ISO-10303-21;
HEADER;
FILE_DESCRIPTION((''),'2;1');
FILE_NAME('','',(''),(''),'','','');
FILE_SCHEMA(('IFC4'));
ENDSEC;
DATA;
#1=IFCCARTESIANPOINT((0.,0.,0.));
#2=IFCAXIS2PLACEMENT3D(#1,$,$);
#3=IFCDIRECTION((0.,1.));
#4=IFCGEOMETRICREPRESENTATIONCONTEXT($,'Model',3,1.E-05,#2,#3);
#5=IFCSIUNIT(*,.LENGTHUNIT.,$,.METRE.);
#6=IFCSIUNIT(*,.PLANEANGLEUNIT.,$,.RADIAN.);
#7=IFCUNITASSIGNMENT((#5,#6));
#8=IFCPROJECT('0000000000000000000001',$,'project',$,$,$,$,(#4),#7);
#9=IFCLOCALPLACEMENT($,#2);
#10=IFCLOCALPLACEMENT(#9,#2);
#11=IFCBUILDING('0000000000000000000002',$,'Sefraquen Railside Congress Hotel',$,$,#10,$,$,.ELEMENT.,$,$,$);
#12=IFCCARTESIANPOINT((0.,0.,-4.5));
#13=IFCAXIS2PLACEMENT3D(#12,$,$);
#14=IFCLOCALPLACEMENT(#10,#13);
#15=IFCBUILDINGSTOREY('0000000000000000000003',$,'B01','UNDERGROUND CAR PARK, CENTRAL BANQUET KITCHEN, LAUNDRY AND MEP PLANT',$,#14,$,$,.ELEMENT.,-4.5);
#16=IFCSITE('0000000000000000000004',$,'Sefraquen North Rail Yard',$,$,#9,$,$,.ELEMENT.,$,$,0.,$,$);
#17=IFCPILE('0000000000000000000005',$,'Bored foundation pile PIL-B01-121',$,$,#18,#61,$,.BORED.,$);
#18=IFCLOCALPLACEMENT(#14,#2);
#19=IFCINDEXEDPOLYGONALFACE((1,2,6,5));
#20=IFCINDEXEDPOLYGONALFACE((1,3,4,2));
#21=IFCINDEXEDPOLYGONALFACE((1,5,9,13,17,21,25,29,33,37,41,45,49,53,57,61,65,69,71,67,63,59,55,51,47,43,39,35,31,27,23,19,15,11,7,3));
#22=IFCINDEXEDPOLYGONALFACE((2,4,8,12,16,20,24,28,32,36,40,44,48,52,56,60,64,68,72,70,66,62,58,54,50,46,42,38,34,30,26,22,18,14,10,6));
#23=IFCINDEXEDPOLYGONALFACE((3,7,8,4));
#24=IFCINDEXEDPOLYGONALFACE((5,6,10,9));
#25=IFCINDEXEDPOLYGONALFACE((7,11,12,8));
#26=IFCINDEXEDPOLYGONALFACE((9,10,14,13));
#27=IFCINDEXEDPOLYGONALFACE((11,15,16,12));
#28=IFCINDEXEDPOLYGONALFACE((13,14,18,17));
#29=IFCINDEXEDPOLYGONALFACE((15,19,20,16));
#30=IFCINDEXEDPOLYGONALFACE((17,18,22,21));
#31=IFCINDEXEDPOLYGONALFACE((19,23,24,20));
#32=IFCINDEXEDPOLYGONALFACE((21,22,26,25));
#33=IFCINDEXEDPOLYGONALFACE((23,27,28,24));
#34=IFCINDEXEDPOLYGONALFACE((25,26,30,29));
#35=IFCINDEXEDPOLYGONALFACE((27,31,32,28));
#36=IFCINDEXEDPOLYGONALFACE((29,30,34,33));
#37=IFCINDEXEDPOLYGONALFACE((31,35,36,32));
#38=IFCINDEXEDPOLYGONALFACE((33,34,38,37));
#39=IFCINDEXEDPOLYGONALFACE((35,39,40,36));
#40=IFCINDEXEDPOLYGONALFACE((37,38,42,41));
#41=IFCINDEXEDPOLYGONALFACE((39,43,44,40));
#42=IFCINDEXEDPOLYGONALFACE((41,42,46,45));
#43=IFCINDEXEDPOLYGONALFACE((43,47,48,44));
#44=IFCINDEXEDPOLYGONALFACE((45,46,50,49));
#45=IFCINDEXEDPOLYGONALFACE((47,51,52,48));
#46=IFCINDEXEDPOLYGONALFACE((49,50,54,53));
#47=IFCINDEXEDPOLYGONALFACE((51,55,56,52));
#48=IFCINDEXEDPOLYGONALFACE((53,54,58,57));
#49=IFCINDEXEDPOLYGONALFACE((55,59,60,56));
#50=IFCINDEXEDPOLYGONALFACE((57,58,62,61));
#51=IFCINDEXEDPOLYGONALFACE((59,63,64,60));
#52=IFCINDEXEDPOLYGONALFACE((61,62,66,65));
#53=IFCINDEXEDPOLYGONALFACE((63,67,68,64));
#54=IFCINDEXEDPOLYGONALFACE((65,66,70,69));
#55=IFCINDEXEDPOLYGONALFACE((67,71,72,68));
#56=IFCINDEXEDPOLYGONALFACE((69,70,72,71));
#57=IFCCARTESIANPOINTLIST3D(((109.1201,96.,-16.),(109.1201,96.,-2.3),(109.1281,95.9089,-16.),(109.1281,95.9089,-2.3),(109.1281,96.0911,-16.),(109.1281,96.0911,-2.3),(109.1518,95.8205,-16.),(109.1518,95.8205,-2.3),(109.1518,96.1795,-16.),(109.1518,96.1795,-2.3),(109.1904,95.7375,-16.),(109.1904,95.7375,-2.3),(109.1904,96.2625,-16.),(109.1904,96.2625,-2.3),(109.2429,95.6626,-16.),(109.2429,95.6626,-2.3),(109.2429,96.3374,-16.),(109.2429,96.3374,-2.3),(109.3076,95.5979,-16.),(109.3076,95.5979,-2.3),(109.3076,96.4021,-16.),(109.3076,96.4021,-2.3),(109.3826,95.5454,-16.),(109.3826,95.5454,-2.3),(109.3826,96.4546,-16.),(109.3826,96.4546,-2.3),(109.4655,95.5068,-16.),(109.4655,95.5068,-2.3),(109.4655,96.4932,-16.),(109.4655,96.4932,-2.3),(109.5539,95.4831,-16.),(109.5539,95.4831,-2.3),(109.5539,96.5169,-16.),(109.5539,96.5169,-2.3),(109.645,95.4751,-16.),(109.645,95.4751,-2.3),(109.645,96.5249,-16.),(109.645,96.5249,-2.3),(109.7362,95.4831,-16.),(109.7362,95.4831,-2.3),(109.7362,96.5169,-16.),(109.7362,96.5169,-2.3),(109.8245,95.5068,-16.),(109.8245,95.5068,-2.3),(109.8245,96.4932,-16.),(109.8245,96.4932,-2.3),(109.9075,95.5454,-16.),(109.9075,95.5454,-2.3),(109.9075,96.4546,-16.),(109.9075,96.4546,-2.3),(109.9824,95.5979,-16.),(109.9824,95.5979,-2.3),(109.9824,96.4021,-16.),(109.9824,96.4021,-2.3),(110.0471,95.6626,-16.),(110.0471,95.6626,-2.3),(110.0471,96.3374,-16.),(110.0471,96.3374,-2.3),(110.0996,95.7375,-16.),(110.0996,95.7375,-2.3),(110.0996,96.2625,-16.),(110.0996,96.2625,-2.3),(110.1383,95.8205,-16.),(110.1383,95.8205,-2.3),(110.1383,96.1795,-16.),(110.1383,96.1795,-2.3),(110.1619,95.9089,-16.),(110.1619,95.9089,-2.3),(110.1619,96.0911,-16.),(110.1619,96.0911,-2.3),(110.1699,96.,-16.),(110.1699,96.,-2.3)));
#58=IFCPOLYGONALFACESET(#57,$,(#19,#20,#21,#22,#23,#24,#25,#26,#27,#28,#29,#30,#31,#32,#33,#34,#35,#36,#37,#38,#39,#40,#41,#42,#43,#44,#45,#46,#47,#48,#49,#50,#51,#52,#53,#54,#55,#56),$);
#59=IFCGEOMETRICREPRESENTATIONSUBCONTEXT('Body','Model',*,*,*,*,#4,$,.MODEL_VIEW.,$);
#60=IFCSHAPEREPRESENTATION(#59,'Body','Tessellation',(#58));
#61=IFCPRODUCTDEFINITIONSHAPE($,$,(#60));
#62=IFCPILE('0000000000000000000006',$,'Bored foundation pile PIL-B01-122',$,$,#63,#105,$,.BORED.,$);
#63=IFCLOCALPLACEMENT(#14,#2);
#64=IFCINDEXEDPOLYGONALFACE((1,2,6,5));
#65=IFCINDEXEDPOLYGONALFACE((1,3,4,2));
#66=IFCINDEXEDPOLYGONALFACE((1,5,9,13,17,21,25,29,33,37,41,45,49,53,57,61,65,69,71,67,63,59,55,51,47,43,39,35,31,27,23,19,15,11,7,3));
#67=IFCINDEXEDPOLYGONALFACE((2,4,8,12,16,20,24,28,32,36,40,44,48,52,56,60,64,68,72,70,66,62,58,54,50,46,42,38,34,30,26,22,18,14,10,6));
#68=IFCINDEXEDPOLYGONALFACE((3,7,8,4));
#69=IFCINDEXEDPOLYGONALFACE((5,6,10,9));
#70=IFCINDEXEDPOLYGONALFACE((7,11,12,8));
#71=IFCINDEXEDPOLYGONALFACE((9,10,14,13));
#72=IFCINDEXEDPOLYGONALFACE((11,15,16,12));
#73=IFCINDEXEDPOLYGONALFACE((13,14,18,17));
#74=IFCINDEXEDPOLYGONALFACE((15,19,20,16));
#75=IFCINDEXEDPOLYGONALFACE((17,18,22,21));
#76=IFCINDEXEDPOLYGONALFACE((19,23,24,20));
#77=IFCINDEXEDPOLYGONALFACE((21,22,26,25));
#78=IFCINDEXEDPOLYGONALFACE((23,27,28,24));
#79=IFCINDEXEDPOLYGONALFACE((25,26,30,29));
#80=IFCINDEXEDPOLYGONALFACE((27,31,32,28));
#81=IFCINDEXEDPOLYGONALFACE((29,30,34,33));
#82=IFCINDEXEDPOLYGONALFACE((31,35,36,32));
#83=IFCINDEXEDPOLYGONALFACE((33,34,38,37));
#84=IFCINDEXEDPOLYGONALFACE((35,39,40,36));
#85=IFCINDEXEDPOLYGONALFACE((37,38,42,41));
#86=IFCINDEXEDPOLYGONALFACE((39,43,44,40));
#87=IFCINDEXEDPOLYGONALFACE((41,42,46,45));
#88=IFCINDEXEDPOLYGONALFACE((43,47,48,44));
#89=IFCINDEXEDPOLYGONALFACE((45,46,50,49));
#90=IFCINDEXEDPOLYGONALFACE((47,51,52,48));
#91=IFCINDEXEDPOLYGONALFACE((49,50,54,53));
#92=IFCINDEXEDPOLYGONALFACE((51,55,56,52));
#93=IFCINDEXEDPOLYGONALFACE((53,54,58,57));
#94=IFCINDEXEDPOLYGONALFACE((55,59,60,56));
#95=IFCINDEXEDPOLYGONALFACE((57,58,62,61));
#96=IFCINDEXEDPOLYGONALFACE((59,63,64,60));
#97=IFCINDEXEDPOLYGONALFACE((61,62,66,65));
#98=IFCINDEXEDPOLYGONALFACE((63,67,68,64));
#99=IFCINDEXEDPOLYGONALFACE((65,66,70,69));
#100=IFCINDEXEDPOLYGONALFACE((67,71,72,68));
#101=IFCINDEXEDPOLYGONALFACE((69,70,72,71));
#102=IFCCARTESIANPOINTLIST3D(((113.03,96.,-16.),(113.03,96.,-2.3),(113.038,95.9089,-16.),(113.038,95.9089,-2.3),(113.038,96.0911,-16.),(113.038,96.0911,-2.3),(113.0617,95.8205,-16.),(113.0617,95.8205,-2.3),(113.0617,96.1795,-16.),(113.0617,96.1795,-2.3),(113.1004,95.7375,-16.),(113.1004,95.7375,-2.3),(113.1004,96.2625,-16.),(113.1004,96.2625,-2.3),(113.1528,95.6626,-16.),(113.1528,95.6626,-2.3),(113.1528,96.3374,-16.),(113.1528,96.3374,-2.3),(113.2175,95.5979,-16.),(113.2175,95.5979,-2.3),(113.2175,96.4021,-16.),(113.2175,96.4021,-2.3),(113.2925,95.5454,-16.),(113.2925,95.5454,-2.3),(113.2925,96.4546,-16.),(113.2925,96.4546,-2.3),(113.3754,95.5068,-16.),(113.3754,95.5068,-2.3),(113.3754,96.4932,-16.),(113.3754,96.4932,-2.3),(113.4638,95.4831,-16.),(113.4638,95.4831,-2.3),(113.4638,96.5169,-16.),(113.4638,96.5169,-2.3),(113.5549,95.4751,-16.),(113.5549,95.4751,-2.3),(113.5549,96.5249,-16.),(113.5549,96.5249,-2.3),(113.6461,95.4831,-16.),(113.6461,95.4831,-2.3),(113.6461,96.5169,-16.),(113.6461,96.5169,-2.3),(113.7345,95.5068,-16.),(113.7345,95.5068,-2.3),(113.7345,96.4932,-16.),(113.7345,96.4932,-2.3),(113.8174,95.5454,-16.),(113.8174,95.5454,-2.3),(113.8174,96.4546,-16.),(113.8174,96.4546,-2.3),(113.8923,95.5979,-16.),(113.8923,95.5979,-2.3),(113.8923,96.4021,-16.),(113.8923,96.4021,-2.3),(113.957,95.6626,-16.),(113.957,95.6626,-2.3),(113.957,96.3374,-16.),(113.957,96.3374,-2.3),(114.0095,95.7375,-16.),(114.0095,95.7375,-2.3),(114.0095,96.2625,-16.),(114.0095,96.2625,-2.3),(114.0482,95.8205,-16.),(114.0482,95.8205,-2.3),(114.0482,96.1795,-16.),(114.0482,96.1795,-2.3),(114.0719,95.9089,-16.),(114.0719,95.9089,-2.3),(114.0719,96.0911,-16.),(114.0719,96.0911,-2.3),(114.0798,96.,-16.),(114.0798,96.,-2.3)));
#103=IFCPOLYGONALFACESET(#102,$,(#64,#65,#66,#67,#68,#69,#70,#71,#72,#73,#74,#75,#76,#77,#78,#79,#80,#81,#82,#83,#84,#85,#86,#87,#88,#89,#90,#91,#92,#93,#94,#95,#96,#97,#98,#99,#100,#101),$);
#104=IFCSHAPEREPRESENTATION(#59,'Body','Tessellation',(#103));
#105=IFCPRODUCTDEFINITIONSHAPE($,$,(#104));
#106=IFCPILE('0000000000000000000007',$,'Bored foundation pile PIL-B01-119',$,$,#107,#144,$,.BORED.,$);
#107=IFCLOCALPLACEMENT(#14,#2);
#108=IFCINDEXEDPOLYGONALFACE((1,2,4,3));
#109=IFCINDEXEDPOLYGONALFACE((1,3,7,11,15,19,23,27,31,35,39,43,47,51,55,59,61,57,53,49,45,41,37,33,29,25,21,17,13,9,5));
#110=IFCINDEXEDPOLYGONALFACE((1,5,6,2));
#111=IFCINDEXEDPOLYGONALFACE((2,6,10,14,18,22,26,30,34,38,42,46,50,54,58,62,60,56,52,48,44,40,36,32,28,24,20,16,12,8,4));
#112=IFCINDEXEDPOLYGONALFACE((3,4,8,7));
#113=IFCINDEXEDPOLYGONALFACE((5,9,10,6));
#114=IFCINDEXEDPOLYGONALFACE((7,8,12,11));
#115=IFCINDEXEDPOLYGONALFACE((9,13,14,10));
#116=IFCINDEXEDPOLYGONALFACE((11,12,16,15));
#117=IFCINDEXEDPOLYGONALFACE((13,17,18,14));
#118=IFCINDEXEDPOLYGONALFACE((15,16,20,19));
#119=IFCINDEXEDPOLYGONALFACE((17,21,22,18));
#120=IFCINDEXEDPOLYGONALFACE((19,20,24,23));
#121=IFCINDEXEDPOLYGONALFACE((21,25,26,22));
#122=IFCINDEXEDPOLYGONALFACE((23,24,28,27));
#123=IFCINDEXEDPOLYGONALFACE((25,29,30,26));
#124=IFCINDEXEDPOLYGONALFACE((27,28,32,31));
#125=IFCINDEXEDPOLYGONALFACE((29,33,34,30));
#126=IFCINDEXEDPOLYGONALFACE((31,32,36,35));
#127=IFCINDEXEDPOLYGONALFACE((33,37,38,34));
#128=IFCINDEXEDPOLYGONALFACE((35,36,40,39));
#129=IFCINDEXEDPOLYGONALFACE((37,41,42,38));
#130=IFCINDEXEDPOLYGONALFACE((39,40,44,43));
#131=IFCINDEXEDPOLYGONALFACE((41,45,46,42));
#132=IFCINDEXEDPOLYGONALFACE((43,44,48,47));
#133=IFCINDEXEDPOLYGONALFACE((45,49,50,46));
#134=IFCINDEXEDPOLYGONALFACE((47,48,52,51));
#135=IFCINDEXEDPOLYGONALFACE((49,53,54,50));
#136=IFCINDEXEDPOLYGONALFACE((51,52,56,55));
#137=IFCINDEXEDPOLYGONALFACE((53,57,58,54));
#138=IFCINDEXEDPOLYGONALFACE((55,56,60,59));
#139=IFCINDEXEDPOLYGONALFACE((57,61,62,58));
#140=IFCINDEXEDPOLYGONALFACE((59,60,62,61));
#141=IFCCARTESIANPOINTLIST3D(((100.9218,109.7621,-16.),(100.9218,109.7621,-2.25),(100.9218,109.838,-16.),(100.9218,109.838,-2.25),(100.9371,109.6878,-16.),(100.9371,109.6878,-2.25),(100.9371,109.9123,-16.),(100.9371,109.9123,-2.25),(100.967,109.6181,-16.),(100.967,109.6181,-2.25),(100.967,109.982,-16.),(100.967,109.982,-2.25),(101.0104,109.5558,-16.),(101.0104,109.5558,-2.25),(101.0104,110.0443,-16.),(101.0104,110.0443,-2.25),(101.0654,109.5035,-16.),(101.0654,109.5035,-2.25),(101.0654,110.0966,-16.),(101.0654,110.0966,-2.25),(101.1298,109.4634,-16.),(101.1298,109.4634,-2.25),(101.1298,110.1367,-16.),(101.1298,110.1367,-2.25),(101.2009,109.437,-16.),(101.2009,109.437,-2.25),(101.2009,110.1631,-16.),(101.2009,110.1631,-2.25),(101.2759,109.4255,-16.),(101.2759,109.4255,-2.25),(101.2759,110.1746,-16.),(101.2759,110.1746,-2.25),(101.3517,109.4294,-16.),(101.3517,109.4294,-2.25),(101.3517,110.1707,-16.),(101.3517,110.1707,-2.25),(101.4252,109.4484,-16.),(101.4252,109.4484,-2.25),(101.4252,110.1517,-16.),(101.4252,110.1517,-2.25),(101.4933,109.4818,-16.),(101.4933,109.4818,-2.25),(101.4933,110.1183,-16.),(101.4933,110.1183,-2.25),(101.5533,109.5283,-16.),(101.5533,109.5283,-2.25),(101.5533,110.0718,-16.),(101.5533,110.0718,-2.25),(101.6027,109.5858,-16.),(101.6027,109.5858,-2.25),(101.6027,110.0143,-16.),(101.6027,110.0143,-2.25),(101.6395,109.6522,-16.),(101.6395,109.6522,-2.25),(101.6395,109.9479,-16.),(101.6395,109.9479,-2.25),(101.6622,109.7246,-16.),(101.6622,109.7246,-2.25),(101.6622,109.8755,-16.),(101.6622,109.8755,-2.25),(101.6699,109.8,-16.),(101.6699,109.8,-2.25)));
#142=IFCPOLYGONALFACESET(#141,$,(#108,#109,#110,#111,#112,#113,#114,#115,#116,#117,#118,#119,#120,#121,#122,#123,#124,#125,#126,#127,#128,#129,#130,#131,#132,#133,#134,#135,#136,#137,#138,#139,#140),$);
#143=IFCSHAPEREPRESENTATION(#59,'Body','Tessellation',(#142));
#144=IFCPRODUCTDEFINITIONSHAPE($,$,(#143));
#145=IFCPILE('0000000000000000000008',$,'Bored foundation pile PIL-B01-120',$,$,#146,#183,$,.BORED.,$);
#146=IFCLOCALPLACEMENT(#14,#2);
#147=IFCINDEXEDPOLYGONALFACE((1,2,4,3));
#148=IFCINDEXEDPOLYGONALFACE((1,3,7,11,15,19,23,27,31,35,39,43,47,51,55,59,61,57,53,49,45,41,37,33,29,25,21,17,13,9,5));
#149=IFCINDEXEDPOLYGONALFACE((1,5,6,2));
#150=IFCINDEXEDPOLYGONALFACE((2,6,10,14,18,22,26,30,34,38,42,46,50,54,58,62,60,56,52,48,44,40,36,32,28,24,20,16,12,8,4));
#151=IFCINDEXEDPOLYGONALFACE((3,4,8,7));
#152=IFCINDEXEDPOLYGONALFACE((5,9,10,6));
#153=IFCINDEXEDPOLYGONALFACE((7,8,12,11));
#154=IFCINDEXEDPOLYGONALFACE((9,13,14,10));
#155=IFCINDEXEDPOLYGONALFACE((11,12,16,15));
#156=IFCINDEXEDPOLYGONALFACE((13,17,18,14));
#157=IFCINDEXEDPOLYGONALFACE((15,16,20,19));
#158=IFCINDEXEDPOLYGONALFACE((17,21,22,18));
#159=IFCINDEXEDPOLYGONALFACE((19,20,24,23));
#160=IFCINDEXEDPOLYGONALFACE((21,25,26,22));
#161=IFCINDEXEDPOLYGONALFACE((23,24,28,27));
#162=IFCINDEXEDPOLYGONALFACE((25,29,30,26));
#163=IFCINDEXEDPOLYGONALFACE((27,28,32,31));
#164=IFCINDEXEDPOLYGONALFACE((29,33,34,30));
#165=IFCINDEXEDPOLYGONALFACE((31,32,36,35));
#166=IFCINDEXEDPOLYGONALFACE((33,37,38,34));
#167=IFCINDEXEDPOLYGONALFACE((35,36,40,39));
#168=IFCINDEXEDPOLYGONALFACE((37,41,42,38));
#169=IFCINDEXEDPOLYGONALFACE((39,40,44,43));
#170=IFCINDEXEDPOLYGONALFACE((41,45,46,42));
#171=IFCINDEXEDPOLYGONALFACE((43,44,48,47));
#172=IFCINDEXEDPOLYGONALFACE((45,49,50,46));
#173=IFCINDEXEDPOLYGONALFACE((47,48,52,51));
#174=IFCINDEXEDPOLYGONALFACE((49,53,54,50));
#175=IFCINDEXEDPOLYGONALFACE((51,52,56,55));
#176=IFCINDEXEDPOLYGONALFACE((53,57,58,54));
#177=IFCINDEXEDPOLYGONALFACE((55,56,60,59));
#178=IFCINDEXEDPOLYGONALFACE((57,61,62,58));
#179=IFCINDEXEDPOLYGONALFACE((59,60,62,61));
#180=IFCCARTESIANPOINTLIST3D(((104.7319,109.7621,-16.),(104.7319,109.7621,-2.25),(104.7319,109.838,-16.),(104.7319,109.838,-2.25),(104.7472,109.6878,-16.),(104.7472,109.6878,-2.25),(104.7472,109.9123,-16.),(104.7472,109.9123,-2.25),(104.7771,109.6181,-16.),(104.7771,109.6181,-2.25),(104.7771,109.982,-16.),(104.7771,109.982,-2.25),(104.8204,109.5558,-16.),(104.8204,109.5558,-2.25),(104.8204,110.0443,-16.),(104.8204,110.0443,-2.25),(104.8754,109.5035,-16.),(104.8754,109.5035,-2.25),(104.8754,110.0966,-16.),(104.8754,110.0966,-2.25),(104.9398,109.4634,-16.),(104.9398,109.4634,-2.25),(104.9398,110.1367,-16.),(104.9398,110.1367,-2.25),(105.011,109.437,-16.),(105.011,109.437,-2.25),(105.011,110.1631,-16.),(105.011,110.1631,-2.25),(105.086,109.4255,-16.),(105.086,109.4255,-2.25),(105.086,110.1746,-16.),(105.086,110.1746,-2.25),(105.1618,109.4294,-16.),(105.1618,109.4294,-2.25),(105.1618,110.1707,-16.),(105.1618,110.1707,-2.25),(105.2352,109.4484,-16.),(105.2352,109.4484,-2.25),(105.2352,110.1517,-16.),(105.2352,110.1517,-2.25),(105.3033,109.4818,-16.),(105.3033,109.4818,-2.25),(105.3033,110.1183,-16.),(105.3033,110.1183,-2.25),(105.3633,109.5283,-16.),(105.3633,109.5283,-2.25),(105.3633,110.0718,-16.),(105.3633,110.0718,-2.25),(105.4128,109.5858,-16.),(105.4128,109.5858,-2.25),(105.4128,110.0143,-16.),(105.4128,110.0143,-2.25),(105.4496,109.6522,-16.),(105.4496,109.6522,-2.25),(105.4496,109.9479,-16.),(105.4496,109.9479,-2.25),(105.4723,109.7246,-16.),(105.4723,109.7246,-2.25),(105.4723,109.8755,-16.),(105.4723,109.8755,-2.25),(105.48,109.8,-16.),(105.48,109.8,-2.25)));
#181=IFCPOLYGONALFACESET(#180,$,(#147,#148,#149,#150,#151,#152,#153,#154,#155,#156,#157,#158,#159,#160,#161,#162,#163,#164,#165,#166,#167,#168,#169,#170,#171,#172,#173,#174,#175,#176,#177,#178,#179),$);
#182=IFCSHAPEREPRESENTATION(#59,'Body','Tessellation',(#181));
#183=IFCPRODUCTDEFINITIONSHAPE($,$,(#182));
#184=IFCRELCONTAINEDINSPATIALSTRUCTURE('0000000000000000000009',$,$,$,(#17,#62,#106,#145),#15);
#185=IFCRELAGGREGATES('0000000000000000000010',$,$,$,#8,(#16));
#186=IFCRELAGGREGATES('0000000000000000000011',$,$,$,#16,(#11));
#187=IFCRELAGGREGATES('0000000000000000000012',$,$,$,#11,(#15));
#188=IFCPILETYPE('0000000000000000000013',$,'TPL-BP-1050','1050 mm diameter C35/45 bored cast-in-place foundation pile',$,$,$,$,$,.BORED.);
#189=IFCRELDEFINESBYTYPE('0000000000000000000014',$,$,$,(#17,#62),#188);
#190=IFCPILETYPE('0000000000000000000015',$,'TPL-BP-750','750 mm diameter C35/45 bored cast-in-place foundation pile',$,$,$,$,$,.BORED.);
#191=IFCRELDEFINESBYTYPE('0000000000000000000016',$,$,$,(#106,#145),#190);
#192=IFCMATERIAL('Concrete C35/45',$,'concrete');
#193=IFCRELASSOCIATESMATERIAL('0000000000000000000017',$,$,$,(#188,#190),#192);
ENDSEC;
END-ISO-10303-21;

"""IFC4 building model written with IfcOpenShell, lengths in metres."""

from ifc_helpers import new_model, si_unit, direction, frame, origin, origin_2d, place, context, subcontext, project, spatial, circle, extrude, material, material_profile, profile_set, type_object, element, save


model = new_model("IFC4")

# Units and contexts
model_context = context("Model", 3, precision=1e-05, world=origin(), true_north=direction((0.0, 1.0)))
body_context = subcontext(model_context, "Body", "Model", "MODEL_VIEW")
ifc_project = project(units=[si_unit("LENGTHUNIT", "METRE"), si_unit("PLANEANGLEUNIT", "RADIAN")], contexts=[model_context])

# Site, building, storey
site_placement = place(None, origin())
site = spatial("IfcSite", under=ifc_project, at=site_placement, Name="Sefraquen North Rail Yard", CompositionType="ELEMENT", RefElevation=0.0)
building_placement = place(site_placement, origin())
building = spatial("IfcBuilding", under=site, at=building_placement, Name="Sefraquen Railside Congress Hotel", CompositionType="ELEMENT")
storey_placement = place(building_placement, frame((0.0, 0.0, -4.5)))
storey = spatial("IfcBuildingStorey", under=building, at=storey_placement, Name="B01", Description="UNDERGROUND CAR PARK, CENTRAL BANQUET KITCHEN, LAUNDRY AND MEP PLANT", CompositionType="ELEMENT", Elevation=-4.5)

# Piles
ifc_material_1 = material(Name="Concrete C35/45", Category="concrete")
ifc_material_profile_1 = material_profile(ifc_material_1, circle(Radius=0.5249, at=origin_2d()), Name="BORED PILE 1050")
ifc_profile_set_1 = profile_set([ifc_material_profile_1], Name="Concrete C35/45")
pile_type_1 = type_object("IfcPileType", Name="TPL-BP-1050", Description="1050 mm diameter C35/45 bored cast-in-place foundation pile", PredefinedType="BORED", material=ifc_profile_set_1)
for number, where, z_axis, x_axis, name in (
    (1, (109.645, 96.0, -2.3), (0.0, 0.0, -1.0), (1.0, 0.0, 0.0), "Bored foundation pile PIL-B01-121"),
    (2, (113.5549, 96.0, -2.3), (0.0, 0.0, -1.0), (1.0, 0.0, 0.0), "Bored foundation pile PIL-B01-122"),
):
    element("IfcPile", number, at=place(storey_placement, frame(where, z_axis=z_axis, x_axis=x_axis)), inside=storey, type_object=pile_type_1, Name=name, PredefinedType="BORED", context=body_context, shape_type="SweptSolid", body=[
        extrude(circle(Radius=0.5249, at=origin_2d()), origin(), (0.0, 0.0, 1.0), 13.7),
    ])
ifc_material_profile_2 = material_profile(ifc_material_1, circle(Radius=0.375, at=origin_2d()), Name="BORED PILE 750")
ifc_profile_set_2 = profile_set([ifc_material_profile_2], Name="Concrete C35/45")
pile_type_2 = type_object("IfcPileType", Name="TPL-BP-750", Description="750 mm diameter C35/45 bored cast-in-place foundation pile", PredefinedType="BORED", material=ifc_profile_set_2)
for number, where, z_axis, x_axis, name in (
    (3, (101.2949, 109.8, -2.25), (0.0, 0.0, -1.0), (1.0, 0.0, 0.0), "Bored foundation pile PIL-B01-119"),
    (4, (105.105, 109.8, -2.25), (0.0, 0.0, -1.0), (1.0, 0.0, 0.0), "Bored foundation pile PIL-B01-120"),
):
    element("IfcPile", number, at=place(storey_placement, frame(where, z_axis=z_axis, x_axis=x_axis)), inside=storey, type_object=pile_type_2, Name=name, PredefinedType="BORED", context=body_context, shape_type="SweptSolid", body=[
        extrude(circle(Radius=0.375, at=origin_2d()), origin(), (0.0, 0.0, 1.0), 13.75),
    ])

save(model, "model.ifc")
